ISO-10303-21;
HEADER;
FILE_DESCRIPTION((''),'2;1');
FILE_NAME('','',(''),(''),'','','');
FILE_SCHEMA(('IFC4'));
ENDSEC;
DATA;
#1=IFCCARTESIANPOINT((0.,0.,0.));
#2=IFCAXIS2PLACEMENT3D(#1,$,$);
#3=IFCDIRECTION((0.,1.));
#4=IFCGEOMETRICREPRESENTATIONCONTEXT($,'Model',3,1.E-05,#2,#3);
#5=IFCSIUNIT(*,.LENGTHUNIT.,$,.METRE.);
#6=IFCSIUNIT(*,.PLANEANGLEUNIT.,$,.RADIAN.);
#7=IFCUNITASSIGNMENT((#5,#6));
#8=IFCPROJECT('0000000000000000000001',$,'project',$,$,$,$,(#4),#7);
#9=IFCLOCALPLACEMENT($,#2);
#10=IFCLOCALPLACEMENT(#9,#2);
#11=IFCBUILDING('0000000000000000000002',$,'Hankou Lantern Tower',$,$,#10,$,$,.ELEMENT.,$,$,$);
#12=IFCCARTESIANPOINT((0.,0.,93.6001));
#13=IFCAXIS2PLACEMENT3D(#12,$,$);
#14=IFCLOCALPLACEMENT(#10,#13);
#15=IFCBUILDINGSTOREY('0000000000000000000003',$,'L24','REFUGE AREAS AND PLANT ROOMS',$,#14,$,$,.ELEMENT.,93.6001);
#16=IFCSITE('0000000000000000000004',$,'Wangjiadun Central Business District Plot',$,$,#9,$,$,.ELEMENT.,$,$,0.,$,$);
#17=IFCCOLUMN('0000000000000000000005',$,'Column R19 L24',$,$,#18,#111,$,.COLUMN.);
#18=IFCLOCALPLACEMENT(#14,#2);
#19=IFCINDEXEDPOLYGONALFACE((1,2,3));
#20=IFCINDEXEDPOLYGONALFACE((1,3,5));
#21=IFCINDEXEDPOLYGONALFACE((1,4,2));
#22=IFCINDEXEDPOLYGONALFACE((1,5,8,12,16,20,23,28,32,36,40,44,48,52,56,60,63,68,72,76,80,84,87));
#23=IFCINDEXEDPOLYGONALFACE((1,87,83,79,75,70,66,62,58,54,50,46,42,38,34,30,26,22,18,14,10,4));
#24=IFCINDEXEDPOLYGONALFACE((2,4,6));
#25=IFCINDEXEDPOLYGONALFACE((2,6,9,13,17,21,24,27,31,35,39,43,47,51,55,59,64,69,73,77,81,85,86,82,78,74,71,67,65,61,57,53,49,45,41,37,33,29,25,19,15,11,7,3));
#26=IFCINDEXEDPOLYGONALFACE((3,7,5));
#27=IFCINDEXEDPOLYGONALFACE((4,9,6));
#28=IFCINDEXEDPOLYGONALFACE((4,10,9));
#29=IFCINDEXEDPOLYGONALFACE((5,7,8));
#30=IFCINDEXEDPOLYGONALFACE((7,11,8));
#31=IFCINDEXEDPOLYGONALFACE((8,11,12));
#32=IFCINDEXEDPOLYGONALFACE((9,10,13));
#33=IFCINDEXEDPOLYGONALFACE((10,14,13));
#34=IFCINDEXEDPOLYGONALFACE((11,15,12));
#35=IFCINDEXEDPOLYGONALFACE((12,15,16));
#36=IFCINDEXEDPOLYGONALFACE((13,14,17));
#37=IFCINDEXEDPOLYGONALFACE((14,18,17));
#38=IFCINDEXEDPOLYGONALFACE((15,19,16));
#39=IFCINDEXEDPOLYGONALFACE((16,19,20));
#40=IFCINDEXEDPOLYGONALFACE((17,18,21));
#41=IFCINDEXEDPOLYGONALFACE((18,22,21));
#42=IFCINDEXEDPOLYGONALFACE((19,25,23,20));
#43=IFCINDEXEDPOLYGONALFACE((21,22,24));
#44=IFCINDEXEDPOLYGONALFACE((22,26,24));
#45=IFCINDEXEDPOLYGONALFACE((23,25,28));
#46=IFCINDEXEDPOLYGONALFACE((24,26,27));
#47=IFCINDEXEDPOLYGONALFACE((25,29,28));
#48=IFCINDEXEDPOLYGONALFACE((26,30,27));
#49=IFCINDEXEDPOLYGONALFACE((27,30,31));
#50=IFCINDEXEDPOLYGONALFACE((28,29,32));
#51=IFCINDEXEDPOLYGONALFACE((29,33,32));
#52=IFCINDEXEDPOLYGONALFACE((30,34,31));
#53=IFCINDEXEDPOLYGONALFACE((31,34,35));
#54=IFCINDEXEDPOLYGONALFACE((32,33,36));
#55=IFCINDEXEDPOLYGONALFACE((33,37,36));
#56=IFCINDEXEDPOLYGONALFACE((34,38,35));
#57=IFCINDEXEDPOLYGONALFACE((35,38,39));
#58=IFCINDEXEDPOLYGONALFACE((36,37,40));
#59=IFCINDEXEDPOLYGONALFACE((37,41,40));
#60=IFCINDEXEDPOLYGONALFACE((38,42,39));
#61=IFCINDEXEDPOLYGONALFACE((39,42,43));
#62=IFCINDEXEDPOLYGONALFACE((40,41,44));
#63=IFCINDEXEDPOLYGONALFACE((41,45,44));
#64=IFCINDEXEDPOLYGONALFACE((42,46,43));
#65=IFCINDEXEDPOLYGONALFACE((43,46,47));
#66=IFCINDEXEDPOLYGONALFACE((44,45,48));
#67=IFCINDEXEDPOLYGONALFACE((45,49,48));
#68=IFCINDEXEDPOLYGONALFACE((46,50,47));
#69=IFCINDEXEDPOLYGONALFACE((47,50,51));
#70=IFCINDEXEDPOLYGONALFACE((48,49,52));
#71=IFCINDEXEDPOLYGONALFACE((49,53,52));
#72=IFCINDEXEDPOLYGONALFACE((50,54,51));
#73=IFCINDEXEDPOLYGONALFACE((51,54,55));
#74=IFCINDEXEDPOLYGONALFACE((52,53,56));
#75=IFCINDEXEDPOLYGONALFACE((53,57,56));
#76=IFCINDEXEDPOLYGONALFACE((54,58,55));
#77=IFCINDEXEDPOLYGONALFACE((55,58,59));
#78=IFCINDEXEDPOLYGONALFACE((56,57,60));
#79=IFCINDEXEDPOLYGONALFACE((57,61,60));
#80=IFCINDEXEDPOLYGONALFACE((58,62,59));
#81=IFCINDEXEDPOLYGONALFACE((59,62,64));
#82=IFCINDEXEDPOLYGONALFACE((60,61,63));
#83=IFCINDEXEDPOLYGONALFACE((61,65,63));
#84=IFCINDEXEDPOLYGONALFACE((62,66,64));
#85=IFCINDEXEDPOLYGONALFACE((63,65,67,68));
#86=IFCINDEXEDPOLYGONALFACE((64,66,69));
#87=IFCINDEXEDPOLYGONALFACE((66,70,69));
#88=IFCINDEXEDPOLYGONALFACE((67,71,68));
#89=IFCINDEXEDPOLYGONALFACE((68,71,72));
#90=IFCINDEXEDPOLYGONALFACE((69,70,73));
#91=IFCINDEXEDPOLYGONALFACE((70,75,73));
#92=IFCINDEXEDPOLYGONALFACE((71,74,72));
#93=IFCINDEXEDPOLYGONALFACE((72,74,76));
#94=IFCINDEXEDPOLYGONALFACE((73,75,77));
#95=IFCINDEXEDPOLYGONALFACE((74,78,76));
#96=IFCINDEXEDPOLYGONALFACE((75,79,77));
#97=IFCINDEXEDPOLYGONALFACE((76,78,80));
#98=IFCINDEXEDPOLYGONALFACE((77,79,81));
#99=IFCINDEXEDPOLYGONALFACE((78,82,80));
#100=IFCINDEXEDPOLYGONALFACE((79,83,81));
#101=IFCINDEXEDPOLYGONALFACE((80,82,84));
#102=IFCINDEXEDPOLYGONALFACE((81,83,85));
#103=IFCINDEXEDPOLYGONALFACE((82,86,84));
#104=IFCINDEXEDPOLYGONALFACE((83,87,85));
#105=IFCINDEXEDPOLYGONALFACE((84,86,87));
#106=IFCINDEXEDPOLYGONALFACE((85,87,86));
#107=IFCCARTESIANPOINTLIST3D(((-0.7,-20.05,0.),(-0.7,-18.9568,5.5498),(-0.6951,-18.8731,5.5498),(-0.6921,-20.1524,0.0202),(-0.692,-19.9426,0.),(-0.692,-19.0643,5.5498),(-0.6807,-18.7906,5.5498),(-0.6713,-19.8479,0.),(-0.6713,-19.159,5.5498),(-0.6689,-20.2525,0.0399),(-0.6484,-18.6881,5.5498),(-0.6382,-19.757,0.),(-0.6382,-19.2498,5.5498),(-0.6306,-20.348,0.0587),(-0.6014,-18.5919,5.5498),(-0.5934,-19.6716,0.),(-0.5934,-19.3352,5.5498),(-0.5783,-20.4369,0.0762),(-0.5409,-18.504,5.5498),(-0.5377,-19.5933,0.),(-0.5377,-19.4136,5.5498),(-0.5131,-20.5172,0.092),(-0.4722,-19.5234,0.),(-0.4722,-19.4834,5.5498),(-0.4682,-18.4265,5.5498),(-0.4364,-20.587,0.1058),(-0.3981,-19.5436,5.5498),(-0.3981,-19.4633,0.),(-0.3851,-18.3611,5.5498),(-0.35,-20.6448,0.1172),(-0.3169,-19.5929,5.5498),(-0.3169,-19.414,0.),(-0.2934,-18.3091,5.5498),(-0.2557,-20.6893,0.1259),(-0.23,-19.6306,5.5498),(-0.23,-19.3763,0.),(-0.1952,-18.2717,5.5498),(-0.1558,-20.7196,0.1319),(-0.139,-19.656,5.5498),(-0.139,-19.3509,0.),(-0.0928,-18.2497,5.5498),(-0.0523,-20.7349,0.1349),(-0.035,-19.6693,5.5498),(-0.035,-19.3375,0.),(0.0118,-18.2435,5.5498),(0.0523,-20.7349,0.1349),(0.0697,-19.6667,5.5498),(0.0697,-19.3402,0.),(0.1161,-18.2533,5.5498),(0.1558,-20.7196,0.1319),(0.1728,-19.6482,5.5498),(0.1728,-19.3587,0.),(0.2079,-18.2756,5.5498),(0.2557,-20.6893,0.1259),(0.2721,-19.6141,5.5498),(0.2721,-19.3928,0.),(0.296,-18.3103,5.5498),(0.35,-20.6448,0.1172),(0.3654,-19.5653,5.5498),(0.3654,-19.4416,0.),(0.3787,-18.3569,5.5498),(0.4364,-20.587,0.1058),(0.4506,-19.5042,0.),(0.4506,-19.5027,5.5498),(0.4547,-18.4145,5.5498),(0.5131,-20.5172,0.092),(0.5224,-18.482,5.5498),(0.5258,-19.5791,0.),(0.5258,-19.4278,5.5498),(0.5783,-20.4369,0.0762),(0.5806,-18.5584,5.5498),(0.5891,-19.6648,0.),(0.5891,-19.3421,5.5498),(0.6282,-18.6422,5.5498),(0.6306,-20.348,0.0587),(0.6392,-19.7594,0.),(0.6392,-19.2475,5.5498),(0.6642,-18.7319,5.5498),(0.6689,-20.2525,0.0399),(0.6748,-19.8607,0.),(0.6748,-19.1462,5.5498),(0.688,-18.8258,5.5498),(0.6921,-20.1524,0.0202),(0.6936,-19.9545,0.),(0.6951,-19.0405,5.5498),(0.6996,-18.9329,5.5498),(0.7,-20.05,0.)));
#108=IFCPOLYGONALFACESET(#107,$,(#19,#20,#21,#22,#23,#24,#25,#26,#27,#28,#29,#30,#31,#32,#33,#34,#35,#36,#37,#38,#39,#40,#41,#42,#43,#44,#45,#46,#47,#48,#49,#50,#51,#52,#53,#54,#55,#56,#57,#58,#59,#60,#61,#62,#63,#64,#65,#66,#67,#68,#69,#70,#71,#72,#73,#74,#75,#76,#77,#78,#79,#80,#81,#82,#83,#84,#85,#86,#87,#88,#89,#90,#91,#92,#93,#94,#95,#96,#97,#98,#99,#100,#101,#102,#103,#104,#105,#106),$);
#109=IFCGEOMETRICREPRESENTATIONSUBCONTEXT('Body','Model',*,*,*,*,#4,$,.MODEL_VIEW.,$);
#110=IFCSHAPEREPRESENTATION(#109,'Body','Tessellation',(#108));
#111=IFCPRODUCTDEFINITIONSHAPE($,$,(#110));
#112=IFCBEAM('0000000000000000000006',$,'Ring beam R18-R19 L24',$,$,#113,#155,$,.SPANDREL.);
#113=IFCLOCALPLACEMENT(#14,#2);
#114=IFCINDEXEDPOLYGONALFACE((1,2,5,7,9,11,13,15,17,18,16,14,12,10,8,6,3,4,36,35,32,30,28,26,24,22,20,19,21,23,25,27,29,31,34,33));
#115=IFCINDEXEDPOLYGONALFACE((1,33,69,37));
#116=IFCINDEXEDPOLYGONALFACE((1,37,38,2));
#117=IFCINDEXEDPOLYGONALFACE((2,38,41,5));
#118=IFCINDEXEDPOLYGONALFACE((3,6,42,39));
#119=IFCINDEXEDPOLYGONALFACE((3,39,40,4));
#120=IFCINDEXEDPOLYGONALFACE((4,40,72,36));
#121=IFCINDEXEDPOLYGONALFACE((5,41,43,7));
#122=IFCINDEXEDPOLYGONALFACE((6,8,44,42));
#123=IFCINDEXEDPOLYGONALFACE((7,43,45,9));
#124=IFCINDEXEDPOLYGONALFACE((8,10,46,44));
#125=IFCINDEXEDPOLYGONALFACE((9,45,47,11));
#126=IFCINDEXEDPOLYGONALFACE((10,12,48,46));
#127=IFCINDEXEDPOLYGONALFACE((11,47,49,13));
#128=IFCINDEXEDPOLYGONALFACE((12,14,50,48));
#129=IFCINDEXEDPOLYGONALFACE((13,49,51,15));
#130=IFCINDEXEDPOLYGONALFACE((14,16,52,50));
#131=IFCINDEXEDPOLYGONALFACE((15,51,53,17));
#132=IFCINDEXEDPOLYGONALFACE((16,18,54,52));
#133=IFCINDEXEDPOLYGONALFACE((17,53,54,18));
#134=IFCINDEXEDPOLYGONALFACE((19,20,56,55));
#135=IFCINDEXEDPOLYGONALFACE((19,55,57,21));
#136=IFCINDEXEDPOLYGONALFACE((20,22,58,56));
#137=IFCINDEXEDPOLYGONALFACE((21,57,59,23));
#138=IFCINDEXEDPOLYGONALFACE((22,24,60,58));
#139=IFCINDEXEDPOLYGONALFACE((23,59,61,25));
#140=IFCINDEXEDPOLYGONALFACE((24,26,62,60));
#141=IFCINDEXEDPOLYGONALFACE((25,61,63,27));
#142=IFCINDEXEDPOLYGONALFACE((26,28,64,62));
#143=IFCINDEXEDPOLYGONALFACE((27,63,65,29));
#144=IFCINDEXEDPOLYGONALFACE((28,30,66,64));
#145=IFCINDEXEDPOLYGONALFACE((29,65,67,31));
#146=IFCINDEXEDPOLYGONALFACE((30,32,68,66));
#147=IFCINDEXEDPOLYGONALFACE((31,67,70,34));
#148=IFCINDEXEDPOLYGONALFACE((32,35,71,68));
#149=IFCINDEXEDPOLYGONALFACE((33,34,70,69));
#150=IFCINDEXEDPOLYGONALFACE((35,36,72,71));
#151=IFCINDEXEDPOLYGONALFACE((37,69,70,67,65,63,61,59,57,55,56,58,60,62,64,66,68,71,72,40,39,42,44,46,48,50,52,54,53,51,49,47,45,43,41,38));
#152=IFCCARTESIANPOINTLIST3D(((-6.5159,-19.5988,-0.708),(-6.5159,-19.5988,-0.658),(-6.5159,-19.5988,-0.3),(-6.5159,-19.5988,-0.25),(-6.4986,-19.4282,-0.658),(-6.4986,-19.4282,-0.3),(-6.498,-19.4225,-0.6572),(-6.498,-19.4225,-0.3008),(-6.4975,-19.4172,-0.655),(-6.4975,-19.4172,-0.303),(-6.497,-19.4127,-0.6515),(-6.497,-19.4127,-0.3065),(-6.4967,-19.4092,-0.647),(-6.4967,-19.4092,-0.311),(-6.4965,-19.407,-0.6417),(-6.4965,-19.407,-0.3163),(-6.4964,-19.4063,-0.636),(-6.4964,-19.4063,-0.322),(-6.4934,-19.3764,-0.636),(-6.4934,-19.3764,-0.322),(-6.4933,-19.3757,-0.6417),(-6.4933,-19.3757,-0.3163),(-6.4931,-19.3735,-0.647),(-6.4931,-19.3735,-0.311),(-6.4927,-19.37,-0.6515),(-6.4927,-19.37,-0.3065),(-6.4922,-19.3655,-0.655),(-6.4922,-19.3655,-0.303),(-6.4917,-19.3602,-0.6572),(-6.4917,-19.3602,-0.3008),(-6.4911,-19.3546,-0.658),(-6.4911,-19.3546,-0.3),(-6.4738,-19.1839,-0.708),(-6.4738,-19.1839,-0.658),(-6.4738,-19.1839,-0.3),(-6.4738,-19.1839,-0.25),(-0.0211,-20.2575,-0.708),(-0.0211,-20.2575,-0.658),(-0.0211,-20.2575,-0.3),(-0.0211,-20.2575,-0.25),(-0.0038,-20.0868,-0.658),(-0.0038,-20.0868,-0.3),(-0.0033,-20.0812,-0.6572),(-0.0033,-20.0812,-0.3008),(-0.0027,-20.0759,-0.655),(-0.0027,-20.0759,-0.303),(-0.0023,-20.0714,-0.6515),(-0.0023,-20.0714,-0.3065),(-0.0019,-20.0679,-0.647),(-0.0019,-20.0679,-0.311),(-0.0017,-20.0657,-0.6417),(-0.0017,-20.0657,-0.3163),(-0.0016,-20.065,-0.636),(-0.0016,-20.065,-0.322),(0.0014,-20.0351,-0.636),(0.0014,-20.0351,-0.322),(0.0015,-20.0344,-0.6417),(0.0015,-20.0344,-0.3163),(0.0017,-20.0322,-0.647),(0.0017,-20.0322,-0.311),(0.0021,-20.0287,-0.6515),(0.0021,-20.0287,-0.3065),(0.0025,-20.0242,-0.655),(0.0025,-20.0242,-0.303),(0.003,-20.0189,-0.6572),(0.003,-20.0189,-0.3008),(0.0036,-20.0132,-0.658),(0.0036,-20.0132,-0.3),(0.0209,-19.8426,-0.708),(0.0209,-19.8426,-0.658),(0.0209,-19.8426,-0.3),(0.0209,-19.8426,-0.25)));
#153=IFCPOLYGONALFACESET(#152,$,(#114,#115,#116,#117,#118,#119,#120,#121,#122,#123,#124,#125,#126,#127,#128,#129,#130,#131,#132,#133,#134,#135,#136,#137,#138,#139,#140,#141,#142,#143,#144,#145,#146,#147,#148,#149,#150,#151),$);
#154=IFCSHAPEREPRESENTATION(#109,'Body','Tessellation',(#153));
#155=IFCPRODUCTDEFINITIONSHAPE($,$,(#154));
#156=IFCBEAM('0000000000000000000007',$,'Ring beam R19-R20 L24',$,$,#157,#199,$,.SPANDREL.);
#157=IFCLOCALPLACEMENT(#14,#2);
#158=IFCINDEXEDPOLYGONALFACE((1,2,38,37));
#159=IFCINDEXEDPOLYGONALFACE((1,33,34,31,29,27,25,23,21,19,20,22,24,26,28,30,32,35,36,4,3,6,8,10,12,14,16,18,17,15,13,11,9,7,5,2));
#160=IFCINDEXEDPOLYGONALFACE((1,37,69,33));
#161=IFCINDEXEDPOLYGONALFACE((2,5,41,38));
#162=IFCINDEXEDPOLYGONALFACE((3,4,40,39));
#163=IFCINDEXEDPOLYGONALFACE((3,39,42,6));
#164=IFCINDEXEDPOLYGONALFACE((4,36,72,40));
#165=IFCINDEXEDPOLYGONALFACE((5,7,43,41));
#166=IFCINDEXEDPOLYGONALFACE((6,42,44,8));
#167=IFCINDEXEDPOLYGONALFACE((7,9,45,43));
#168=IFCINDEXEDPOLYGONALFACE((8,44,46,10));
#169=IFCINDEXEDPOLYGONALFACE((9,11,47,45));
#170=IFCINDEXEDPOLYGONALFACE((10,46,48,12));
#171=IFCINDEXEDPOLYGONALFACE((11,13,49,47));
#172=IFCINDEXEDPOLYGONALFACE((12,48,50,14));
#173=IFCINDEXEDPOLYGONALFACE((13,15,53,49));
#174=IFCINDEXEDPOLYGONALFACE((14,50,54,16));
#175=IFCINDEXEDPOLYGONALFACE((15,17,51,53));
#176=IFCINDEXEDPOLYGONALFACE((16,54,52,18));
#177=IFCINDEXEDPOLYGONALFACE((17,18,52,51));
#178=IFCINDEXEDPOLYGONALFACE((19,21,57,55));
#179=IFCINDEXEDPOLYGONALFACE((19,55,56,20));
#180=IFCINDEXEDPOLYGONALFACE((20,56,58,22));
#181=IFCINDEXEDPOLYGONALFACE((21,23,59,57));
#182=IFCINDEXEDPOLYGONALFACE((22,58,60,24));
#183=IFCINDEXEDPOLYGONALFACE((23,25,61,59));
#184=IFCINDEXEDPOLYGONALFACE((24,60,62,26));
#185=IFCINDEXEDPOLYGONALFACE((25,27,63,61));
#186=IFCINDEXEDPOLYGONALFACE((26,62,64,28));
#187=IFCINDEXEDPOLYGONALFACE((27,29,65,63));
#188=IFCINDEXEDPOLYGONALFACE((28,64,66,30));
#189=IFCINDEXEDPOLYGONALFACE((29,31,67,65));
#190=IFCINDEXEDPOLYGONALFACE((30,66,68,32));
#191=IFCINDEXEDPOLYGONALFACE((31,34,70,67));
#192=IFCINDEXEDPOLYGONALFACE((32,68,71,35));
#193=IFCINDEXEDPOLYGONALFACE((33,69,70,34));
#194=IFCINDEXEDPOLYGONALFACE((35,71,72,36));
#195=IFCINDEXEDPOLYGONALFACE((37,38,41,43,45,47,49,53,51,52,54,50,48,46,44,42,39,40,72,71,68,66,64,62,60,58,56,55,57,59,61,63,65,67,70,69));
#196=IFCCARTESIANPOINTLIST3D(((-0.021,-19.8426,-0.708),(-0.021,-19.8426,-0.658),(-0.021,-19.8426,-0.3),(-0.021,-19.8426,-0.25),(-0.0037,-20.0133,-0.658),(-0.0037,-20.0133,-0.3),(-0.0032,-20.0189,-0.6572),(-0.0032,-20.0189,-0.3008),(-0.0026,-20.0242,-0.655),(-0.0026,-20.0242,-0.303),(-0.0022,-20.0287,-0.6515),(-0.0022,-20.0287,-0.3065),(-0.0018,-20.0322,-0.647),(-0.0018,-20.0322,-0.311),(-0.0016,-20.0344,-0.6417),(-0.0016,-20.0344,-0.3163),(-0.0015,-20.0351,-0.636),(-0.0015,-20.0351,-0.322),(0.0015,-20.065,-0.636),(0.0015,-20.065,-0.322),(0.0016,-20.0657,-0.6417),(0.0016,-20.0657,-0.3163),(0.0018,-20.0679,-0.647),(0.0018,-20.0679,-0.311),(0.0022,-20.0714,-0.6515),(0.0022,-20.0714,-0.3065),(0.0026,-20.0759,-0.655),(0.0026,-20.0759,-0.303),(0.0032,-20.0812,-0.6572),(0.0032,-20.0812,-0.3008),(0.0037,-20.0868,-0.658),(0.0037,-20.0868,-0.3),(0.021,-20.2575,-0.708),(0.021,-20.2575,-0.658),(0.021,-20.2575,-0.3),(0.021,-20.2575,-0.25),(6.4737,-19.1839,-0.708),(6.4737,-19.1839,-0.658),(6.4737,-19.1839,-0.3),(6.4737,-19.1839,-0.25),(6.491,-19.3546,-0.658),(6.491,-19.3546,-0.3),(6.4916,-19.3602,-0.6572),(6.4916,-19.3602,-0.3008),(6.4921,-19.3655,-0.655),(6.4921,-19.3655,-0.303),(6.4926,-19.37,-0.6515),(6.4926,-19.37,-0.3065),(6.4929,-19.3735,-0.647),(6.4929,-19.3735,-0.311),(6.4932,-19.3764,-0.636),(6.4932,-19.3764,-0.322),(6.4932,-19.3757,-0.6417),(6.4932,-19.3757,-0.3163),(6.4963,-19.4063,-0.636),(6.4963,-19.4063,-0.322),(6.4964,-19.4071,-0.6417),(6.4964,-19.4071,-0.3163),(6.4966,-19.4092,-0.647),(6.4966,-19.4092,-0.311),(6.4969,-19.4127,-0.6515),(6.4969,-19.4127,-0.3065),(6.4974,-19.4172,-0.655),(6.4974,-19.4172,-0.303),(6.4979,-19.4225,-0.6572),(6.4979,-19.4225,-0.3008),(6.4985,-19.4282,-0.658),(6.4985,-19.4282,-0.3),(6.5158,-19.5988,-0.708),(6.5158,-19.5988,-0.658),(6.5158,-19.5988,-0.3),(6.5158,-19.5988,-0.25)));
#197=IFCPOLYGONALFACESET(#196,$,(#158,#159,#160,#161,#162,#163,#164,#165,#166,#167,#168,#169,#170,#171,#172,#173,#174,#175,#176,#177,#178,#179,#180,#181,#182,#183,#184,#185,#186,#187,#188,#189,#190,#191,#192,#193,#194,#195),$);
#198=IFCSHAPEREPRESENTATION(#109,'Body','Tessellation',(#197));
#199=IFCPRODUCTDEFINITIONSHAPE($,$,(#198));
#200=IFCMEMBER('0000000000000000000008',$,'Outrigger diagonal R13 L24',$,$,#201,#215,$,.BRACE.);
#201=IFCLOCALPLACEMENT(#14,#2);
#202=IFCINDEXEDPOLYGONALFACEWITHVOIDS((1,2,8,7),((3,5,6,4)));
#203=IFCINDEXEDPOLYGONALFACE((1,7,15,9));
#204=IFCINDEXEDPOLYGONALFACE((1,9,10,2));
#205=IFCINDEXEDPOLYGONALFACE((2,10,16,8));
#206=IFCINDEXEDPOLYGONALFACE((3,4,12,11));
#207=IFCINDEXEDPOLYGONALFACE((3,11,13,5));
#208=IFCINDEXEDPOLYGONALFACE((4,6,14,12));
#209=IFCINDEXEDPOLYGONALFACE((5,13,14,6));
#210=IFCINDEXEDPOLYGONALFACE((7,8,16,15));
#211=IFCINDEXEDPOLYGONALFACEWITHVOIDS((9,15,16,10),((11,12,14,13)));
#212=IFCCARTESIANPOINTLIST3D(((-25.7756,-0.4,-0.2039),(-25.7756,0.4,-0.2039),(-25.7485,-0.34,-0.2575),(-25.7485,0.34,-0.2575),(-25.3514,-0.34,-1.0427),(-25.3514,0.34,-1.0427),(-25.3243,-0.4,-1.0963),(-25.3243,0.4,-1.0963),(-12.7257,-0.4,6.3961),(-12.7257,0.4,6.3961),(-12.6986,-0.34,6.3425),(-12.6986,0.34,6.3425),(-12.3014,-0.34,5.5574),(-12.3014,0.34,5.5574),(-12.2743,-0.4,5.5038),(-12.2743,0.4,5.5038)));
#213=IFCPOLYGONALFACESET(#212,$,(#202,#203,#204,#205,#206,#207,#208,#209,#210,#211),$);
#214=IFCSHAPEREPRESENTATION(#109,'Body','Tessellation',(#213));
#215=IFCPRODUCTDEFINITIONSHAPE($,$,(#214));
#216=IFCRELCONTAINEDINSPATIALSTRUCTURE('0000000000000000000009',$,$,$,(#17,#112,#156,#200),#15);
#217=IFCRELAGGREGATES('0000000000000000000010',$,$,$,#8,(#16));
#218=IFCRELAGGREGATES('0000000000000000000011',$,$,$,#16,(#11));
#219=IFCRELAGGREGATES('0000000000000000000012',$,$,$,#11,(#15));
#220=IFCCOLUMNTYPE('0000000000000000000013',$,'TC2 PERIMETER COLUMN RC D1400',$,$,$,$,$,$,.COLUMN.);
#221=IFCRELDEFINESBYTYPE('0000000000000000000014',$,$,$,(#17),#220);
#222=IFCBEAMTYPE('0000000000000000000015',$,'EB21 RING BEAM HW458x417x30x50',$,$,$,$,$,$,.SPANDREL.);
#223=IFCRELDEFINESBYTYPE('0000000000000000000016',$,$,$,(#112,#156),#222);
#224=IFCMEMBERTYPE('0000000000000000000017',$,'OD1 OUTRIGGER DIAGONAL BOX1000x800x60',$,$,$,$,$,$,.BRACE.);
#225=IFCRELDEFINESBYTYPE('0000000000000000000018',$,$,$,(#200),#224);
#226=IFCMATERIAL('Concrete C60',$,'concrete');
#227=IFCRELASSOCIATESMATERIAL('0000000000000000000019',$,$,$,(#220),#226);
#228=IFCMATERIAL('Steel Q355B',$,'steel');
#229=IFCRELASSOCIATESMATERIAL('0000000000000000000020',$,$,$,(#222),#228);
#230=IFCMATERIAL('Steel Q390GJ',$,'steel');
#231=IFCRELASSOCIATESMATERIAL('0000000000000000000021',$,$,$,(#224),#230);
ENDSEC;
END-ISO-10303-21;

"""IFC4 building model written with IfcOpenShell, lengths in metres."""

from ifc_helpers import new_model, si_unit, direction, frame, origin, origin_2d, place, context, subcontext, project, spatial, hollow_rectangle, circle, i_section, extrude, clip, halfspace, material, material_profile, profile_set, type_object, element, save


model = new_model("IFC4")

# Units and contexts
model_context = context("Model", 3, precision=1e-05, world=origin(), true_north=direction((0.0, 1.0)))
body_context = subcontext(model_context, "Body", "Model", "MODEL_VIEW")
ifc_project = project(units=[si_unit("LENGTHUNIT", "METRE"), si_unit("PLANEANGLEUNIT", "RADIAN")], contexts=[model_context])

# Site, building, storey
site_placement = place(None, origin())
site = spatial("IfcSite", under=ifc_project, at=site_placement, Name="Wangjiadun Central Business District Plot", CompositionType="ELEMENT", RefElevation=0.0)
building_placement = place(site_placement, origin())
building = spatial("IfcBuilding", under=site, at=building_placement, Name="Hankou Lantern Tower", CompositionType="ELEMENT")
storey_placement = place(building_placement, frame((0.0, 0.0, 93.6001)))
storey = spatial("IfcBuildingStorey", under=building, at=storey_placement, Name="L24", Description="REFUGE AREAS AND PLANT ROOMS", CompositionType="ELEMENT", Elevation=93.6001)

# Column
ifc_material_1 = material(Name="Concrete C60", Category="concrete")
ifc_material_profile_1 = material_profile(ifc_material_1, circle(Radius=0.7, at=origin_2d()), Name="RC D1400")
ifc_profile_set_1 = profile_set([ifc_material_profile_1], Name="Concrete C60")
column_type = type_object("IfcColumnType", Name="TC2 PERIMETER COLUMN RC D1400", PredefinedType="COLUMN", material=ifc_profile_set_1)
column_1_placement = place(storey_placement, frame((0.0, -20.05, 0.0), z_axis=(0.0, 0.193268, 0.981146), x_axis=(-1.0, 0.0, 0.0)))
element("IfcColumn", 1, at=column_1_placement, inside=storey, type_object=column_type, Name="Column R19 L24", PredefinedType="COLUMN", context=body_context, shape_type="Clipping", body=[
    clip(clip(extrude(circle(Radius=0.7, at=origin_2d()), origin(), (0.0, 0.0, 1.0), 6.7266), halfspace(frame((0.0, 0.0, 0.0), z_axis=(0.0, -0.193268, -0.981146), x_axis=(-1.0, 0.0, 0.0)), False)), halfspace(frame((0.0, 0.0, 5.6565), z_axis=(0.0, 0.193268, 0.981146), x_axis=(-1.0, 0.0, 0.0)), False)),
])

# Beams
ifc_material_2 = material(Name="Steel Q355B", Category="steel")
ifc_material_profile_2 = material_profile(ifc_material_2, i_section(OverallWidth=0.417, OverallDepth=0.458, WebThickness=0.03, FlangeThickness=0.05, FilletRadius=0.022, at=origin_2d()), Name="HW458x417x30x50")
ifc_profile_set_2 = profile_set([ifc_material_profile_2], Name="Steel Q355B")
beam_type_1 = type_object("IfcBeamType", Name="EB21 RING BEAM HW458x417x30x50", PredefinedType="SPANDREL", material=ifc_profile_set_2)
for number, where, z_axis, x_axis, name in (
    (2, (-6.4949, -19.3914, -0.479), (0.994897, -0.1009, 0.0), (0.1009, 0.994897, 0.0), "Ring beam R18-R19 L24"),
    (3, (0.0, -20.05, -0.479), (0.994897, 0.1009, 0.0), (-0.1009, 0.994897, 0.0), "Ring beam R19-R20 L24"),
):
    element("IfcBeam", number, at=place(storey_placement, frame(where, z_axis=z_axis, x_axis=x_axis)), inside=storey, type_object=beam_type_1, Name=name, PredefinedType="SPANDREL", context=body_context, shape_type="SweptSolid", body=[
        extrude(i_section(OverallWidth=0.417, OverallDepth=0.458, WebThickness=0.03, FlangeThickness=0.05, FilletRadius=0.022, at=origin_2d()), origin(), (0.0, 0.0, 1.0), 6.5281),
    ])

# Member
ifc_material_3 = material(Name="Steel Q390GJ", Category="steel")
ifc_material_profile_3 = material_profile(ifc_material_3, hollow_rectangle(XDim=0.8, YDim=1.0, WallThickness=0.0601, at=origin_2d()), Name="BOX1000x800x60")
ifc_profile_set_3 = profile_set([ifc_material_profile_3], Name="Steel Q390GJ")
member_type = type_object("IfcMemberType", Name="OD1 OUTRIGGER DIAGONAL BOX1000x800x60", PredefinedType="BRACE", material=ifc_profile_set_3)
member_1_placement = place(storey_placement, frame((-12.5, 0.0, 5.95), z_axis=(-0.892364, 0.0, -0.451316), x_axis=(0.0, -1.0, 0.0)))
element("IfcMember", 4, at=member_1_placement, inside=storey, type_object=member_type, Name="Outrigger diagonal R13 L24", PredefinedType="BRACE", context=body_context, shape_type="SweptSolid", body=[
    extrude(hollow_rectangle(XDim=0.8, YDim=1.0, WallThickness=0.0601, at=origin_2d()), origin(), (0.0, 0.0, 1.0), 14.624),
])

save(model, "model.ifc")
